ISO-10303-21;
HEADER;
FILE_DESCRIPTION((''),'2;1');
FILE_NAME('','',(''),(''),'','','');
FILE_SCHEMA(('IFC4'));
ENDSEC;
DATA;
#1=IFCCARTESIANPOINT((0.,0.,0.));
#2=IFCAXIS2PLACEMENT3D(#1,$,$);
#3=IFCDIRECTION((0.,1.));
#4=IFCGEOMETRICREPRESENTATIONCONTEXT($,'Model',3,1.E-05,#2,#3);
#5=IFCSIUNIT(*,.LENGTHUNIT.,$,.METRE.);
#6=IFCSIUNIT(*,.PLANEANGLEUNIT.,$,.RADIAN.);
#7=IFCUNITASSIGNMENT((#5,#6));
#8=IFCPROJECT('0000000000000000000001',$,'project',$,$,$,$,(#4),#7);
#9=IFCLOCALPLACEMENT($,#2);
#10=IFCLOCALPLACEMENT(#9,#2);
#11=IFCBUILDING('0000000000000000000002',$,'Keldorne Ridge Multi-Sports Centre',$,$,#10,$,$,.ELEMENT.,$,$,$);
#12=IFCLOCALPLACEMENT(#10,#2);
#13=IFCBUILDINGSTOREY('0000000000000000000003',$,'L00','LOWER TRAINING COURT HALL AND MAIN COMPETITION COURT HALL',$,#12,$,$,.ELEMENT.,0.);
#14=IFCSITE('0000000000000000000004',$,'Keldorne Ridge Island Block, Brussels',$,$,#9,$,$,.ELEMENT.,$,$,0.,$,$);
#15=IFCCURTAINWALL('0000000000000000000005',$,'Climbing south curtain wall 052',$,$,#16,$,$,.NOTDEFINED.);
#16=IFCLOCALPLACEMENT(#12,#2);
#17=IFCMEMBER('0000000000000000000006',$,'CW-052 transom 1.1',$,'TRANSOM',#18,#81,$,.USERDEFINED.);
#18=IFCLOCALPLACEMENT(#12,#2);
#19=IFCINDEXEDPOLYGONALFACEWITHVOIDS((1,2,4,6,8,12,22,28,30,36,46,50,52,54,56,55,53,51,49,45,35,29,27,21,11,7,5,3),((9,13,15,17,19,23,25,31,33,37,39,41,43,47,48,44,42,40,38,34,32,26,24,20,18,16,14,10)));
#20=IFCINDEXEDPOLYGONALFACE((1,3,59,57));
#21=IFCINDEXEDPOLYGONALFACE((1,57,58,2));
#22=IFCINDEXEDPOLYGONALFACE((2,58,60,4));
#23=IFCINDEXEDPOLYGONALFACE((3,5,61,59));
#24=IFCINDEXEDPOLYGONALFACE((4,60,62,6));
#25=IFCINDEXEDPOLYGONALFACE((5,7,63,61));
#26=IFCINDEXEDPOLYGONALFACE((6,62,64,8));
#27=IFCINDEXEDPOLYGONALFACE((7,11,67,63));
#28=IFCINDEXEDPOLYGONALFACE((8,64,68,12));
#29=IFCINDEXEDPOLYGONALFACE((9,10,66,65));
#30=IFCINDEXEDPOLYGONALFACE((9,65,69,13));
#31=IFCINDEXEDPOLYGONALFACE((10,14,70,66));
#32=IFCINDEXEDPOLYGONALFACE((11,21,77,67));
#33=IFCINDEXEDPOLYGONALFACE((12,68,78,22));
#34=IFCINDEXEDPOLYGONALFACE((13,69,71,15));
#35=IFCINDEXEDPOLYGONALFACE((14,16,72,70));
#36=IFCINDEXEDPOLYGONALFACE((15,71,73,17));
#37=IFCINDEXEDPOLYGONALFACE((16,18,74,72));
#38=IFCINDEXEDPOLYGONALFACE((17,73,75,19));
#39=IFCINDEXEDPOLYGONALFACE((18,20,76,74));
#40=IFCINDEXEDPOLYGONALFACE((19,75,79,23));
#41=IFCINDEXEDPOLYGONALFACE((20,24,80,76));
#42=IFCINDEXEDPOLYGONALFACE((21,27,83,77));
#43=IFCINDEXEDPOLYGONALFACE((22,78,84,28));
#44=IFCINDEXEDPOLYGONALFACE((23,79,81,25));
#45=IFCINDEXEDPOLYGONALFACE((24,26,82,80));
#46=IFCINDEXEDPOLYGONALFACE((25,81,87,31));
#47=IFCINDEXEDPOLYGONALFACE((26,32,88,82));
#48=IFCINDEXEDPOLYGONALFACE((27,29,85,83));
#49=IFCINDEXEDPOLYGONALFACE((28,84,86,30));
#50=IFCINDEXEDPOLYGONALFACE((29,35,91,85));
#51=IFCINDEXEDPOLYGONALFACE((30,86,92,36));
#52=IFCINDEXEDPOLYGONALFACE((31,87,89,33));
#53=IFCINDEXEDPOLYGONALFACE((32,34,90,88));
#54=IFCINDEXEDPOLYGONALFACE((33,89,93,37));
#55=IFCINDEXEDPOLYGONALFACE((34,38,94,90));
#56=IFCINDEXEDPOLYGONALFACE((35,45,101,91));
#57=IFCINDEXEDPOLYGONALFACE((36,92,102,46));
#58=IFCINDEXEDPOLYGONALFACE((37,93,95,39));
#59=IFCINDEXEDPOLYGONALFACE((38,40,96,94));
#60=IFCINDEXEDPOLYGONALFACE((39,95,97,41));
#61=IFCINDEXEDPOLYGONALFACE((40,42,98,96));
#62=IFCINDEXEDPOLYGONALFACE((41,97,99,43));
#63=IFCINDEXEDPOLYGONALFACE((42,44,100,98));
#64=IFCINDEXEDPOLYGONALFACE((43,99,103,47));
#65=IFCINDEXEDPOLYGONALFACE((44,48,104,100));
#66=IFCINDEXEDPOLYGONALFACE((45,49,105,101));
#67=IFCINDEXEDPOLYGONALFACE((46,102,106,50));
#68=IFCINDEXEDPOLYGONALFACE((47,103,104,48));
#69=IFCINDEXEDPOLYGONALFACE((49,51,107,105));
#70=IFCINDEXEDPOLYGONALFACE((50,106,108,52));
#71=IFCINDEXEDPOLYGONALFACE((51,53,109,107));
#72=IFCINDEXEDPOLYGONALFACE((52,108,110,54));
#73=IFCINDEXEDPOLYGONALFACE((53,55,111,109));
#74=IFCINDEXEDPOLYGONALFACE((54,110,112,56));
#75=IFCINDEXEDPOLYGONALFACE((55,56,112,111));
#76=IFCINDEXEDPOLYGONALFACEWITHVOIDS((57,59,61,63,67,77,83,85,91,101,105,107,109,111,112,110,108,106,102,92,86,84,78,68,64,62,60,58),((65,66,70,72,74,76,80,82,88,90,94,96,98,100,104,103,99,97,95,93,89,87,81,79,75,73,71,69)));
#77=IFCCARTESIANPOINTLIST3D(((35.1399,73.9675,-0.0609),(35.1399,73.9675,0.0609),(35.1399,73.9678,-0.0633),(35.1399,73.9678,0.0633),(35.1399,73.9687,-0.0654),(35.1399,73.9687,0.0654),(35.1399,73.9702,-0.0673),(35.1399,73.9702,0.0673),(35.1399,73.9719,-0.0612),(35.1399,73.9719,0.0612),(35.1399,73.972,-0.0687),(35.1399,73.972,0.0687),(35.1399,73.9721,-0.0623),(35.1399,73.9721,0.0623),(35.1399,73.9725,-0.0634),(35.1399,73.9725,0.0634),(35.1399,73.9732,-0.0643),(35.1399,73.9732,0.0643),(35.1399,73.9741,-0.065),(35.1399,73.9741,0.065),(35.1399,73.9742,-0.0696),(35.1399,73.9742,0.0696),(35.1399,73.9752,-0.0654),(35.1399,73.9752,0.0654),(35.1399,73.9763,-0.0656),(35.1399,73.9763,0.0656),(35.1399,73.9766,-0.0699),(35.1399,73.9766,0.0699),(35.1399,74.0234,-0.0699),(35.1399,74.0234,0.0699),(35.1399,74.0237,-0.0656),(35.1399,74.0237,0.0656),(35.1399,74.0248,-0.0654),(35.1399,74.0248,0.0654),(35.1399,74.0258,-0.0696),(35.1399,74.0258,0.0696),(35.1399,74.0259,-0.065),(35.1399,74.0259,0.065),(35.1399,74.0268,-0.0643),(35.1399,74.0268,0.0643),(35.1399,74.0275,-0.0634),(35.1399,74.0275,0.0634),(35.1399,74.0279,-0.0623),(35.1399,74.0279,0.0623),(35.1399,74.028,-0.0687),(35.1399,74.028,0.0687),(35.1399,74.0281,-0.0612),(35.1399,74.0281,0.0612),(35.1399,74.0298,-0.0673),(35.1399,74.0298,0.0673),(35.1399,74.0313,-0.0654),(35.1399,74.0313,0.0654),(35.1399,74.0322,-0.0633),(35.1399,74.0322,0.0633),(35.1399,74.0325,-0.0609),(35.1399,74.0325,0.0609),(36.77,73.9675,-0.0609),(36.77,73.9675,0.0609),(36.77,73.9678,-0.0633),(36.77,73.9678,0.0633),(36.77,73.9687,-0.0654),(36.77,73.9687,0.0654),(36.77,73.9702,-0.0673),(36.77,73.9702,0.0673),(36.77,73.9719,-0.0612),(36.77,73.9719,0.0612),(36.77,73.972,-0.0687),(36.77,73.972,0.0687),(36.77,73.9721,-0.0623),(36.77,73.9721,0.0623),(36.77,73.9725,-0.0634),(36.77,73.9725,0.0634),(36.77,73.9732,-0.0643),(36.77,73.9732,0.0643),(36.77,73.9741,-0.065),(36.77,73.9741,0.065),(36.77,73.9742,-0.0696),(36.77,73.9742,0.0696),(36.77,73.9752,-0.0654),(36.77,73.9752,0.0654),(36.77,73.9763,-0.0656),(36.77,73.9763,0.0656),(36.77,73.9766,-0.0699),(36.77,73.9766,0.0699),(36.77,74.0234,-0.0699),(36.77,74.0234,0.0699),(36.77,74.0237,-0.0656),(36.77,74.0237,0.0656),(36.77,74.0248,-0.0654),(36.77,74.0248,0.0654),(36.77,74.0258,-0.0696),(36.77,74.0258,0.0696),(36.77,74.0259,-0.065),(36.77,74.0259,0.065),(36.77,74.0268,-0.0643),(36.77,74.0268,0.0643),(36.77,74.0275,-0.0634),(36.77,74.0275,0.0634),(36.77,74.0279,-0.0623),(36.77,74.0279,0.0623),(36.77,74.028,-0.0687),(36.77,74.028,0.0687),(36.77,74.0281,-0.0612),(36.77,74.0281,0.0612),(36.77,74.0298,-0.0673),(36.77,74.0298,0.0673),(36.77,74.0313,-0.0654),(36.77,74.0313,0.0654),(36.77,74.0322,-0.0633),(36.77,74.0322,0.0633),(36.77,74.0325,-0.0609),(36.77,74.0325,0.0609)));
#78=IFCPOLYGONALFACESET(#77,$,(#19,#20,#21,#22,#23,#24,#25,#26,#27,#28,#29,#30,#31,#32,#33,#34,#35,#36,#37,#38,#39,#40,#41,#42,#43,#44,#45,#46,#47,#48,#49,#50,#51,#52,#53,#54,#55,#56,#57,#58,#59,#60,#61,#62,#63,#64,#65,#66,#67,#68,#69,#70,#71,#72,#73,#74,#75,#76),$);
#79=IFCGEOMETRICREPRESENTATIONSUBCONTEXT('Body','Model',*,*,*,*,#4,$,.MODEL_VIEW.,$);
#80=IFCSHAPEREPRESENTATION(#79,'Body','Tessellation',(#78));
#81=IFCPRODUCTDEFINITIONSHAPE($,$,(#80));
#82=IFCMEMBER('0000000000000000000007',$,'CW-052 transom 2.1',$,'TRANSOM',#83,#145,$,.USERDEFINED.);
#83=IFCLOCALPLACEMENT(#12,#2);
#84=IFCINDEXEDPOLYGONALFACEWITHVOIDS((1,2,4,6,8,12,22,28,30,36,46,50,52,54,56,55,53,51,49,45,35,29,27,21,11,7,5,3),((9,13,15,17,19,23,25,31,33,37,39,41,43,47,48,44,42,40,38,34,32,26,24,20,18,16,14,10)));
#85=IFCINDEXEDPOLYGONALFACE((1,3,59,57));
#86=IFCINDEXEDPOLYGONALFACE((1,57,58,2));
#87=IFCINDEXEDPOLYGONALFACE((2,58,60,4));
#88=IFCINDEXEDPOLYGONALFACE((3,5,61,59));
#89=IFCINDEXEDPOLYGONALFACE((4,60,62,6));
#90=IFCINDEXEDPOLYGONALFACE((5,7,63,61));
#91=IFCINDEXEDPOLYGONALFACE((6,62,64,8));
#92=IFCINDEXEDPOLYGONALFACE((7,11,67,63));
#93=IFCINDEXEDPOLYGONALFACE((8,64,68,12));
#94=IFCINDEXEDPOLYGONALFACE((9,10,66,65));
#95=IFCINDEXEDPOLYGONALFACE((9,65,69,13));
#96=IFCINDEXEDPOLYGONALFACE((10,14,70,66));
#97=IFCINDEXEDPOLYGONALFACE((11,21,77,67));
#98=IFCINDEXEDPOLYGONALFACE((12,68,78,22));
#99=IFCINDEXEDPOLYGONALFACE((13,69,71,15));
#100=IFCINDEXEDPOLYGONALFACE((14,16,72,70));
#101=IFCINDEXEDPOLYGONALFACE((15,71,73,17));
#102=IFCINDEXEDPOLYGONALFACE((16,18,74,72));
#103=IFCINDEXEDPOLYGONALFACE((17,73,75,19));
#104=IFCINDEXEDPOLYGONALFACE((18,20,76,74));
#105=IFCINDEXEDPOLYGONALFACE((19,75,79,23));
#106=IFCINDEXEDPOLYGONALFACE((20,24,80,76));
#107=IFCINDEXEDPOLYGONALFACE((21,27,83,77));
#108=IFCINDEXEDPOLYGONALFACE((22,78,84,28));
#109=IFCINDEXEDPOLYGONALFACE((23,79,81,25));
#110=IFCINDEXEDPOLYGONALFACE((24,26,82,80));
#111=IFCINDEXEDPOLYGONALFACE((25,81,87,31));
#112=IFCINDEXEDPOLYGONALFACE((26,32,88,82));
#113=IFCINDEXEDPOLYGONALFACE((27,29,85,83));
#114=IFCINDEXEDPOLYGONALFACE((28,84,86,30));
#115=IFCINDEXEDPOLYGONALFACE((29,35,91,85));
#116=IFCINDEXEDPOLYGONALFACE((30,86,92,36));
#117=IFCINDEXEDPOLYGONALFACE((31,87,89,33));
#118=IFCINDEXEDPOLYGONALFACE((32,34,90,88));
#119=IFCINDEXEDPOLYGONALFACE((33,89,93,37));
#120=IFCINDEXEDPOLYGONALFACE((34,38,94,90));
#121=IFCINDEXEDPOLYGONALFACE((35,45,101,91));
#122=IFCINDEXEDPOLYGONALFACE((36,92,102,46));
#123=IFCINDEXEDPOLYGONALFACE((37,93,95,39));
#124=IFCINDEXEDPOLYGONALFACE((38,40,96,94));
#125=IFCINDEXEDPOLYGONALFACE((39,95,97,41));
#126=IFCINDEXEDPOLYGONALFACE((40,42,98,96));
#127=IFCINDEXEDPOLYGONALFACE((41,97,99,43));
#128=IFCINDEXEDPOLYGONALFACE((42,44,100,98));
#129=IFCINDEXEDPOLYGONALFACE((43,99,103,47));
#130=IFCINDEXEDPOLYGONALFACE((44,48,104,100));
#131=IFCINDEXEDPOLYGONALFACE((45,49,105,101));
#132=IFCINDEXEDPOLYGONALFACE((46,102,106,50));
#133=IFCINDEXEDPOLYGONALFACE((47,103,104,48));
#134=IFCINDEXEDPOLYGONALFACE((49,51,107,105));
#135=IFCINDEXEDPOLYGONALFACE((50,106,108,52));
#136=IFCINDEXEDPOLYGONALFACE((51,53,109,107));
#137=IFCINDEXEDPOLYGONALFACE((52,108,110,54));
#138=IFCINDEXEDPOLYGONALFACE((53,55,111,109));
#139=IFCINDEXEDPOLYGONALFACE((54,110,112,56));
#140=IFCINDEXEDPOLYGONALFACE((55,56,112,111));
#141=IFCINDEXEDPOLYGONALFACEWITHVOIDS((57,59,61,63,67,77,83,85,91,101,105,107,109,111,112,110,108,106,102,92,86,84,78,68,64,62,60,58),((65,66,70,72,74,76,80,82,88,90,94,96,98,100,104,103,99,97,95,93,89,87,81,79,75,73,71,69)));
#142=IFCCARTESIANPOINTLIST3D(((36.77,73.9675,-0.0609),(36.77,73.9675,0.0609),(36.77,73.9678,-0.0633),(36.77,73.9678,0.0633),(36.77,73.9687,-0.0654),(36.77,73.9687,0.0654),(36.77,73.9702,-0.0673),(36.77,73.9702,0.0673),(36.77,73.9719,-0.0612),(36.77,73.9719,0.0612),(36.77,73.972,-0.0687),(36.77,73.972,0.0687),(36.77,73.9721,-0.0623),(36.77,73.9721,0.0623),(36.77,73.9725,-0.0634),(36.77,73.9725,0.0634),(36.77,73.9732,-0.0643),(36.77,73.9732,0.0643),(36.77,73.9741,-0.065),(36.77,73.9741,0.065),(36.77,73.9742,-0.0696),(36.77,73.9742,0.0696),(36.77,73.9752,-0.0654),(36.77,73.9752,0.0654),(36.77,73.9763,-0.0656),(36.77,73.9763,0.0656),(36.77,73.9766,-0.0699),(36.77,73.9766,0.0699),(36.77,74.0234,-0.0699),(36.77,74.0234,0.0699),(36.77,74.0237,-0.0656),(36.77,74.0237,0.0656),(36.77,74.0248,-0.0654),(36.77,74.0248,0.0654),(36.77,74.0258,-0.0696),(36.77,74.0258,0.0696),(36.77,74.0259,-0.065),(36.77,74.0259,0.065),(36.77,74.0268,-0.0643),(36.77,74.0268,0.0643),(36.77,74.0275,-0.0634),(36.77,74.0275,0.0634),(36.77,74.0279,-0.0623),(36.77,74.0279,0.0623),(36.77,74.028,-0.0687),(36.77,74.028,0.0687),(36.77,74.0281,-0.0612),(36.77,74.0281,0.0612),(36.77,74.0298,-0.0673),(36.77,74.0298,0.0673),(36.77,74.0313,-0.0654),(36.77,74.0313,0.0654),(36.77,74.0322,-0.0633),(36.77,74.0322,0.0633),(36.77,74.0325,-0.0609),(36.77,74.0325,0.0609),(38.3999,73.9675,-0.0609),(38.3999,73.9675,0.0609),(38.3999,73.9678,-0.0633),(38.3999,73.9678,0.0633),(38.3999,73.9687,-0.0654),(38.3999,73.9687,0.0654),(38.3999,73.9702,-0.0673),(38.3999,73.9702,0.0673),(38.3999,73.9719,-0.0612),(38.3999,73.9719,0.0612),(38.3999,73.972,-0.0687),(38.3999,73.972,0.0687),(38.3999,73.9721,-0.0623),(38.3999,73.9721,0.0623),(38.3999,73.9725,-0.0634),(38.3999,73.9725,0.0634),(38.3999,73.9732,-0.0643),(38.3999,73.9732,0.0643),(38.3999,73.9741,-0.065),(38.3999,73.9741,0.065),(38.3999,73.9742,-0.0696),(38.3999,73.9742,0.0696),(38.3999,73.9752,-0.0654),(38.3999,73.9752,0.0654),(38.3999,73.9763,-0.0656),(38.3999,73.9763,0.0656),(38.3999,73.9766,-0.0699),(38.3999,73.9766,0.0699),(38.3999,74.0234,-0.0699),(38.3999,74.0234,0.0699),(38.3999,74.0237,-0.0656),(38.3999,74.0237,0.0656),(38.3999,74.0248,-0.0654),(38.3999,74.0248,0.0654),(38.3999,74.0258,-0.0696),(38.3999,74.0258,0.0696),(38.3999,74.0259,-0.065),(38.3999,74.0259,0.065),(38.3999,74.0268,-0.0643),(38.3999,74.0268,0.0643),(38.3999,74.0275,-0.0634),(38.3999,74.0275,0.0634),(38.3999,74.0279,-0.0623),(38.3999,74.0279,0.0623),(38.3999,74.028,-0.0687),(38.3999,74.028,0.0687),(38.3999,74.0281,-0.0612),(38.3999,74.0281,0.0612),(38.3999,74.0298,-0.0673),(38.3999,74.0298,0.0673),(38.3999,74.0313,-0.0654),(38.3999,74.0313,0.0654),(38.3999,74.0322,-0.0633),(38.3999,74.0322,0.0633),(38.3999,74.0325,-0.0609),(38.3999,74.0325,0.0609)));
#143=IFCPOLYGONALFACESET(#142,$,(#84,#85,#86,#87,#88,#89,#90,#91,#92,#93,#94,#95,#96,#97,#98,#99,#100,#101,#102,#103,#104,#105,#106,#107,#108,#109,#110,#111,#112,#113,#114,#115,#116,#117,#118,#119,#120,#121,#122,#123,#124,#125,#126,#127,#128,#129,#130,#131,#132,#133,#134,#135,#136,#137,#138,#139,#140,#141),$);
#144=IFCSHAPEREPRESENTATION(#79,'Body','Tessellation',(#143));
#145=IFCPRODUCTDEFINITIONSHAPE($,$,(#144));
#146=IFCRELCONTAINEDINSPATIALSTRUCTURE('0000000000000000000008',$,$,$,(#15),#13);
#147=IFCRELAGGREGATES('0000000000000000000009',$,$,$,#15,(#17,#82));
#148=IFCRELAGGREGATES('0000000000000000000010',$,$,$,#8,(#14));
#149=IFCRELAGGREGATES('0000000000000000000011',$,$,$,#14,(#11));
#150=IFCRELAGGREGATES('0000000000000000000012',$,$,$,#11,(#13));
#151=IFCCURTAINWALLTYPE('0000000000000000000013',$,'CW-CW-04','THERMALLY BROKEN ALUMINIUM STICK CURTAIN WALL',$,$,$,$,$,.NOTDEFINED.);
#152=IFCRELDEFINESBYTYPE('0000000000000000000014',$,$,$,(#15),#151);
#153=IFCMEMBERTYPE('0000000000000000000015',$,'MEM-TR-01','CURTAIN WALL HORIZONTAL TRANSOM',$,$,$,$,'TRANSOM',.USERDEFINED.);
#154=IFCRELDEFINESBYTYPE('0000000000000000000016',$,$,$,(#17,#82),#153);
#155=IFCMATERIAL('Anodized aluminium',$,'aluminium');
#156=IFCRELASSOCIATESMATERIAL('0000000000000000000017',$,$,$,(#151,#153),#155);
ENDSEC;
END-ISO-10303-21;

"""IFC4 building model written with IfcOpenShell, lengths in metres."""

from ifc_helpers import new_model, si_unit, direction, frame, origin, origin_2d, place, context, subcontext, project, spatial, hollow_rectangle, extrude, material, material_profile, profile_set, type_object, element, aggregate, save


model = new_model("IFC4")

# Units and contexts
model_context = context("Model", 3, precision=1e-05, world=origin(), true_north=direction((0.0, 1.0)))
body_context = subcontext(model_context, "Body", "Model", "MODEL_VIEW")
ifc_project = project(units=[si_unit("LENGTHUNIT", "METRE"), si_unit("PLANEANGLEUNIT", "RADIAN")], contexts=[model_context])

# Site, building, storey
site_placement = place(None, origin())
site = spatial("IfcSite", under=ifc_project, at=site_placement, Name="Keldorne Ridge Island Block, Brussels", CompositionType="ELEMENT", RefElevation=0.0)
building_placement = place(site_placement, origin())
building = spatial("IfcBuilding", under=site, at=building_placement, Name="Keldorne Ridge Multi-Sports Centre", CompositionType="ELEMENT")
storey_placement = place(building_placement, origin())
storey = spatial("IfcBuildingStorey", under=building, at=storey_placement, Name="L00", Description="LOWER TRAINING COURT HALL AND MAIN COMPETITION COURT HALL", CompositionType="ELEMENT", Elevation=0.0)

# Shared definitions
ifc_material_1 = material(Name="Anodized aluminium", Category="aluminium")

# Curtain wall, members
curtain_wall_type_1 = type_object("IfcCurtainWallType", Name="CW-CW-04", Description="THERMALLY BROKEN ALUMINIUM STICK CURTAIN WALL", PredefinedType="NOTDEFINED", material=ifc_material_1)
curtain_wall_1_placement = place(storey_placement, origin())
curtain_wall_1 = element("IfcCurtainWall", 1, at=curtain_wall_1_placement, inside=storey, type_object=curtain_wall_type_1, Name="Climbing south curtain wall 052", PredefinedType="NOTDEFINED")
ifc_material_profile_1 = material_profile(ifc_material_1, hollow_rectangle(XDim=0.0649, YDim=0.1399, WallThickness=0.0044, InnerFilletRadius=0.0044, OuterFilletRadius=0.009, at=origin_2d()), Name="ALU TRANSOM 140x65x4.5")
ifc_profile_set_1 = profile_set([ifc_material_profile_1], Name="Anodized aluminium")
member_type_1 = type_object("IfcMemberType", Name="MEM-TR-01", Description="CURTAIN WALL HORIZONTAL TRANSOM", ElementType="TRANSOM", PredefinedType="USERDEFINED", material=ifc_profile_set_1)
member_1_placement = place(storey_placement, frame((35.1399, 74.0, 0.0), z_axis=(1.0, 0.0, 0.0), x_axis=(0.0, 1.0, 0.0)))
member_1 = element("IfcMember", 2, at=member_1_placement, type_object=member_type_1, Name="CW-052 transom 1.1", ObjectType="TRANSOM", PredefinedType="USERDEFINED", context=body_context, shape_type="SweptSolid", body=[
    extrude(hollow_rectangle(XDim=0.0649, YDim=0.1399, WallThickness=0.0044, InnerFilletRadius=0.0044, OuterFilletRadius=0.009, at=origin_2d()), origin(), (0.0, 0.0, 1.0), 1.6301),
])
member_2_placement = place(storey_placement, frame((36.77, 74.0, 0.0), z_axis=(1.0, 0.0, 0.0), x_axis=(0.0, 1.0, 0.0)))
member_2 = element("IfcMember", 3, at=member_2_placement, type_object=member_type_1, Name="CW-052 transom 2.1", ObjectType="TRANSOM", PredefinedType="USERDEFINED", context=body_context, shape_type="SweptSolid", body=[
    extrude(hollow_rectangle(XDim=0.0649, YDim=0.1399, WallThickness=0.0044, InnerFilletRadius=0.0044, OuterFilletRadius=0.009, at=origin_2d()), origin(), (0.0, 0.0, 1.0), 1.6299),
])
aggregate(curtain_wall_1, [member_1, member_2])

save(model, "model.ifc")
